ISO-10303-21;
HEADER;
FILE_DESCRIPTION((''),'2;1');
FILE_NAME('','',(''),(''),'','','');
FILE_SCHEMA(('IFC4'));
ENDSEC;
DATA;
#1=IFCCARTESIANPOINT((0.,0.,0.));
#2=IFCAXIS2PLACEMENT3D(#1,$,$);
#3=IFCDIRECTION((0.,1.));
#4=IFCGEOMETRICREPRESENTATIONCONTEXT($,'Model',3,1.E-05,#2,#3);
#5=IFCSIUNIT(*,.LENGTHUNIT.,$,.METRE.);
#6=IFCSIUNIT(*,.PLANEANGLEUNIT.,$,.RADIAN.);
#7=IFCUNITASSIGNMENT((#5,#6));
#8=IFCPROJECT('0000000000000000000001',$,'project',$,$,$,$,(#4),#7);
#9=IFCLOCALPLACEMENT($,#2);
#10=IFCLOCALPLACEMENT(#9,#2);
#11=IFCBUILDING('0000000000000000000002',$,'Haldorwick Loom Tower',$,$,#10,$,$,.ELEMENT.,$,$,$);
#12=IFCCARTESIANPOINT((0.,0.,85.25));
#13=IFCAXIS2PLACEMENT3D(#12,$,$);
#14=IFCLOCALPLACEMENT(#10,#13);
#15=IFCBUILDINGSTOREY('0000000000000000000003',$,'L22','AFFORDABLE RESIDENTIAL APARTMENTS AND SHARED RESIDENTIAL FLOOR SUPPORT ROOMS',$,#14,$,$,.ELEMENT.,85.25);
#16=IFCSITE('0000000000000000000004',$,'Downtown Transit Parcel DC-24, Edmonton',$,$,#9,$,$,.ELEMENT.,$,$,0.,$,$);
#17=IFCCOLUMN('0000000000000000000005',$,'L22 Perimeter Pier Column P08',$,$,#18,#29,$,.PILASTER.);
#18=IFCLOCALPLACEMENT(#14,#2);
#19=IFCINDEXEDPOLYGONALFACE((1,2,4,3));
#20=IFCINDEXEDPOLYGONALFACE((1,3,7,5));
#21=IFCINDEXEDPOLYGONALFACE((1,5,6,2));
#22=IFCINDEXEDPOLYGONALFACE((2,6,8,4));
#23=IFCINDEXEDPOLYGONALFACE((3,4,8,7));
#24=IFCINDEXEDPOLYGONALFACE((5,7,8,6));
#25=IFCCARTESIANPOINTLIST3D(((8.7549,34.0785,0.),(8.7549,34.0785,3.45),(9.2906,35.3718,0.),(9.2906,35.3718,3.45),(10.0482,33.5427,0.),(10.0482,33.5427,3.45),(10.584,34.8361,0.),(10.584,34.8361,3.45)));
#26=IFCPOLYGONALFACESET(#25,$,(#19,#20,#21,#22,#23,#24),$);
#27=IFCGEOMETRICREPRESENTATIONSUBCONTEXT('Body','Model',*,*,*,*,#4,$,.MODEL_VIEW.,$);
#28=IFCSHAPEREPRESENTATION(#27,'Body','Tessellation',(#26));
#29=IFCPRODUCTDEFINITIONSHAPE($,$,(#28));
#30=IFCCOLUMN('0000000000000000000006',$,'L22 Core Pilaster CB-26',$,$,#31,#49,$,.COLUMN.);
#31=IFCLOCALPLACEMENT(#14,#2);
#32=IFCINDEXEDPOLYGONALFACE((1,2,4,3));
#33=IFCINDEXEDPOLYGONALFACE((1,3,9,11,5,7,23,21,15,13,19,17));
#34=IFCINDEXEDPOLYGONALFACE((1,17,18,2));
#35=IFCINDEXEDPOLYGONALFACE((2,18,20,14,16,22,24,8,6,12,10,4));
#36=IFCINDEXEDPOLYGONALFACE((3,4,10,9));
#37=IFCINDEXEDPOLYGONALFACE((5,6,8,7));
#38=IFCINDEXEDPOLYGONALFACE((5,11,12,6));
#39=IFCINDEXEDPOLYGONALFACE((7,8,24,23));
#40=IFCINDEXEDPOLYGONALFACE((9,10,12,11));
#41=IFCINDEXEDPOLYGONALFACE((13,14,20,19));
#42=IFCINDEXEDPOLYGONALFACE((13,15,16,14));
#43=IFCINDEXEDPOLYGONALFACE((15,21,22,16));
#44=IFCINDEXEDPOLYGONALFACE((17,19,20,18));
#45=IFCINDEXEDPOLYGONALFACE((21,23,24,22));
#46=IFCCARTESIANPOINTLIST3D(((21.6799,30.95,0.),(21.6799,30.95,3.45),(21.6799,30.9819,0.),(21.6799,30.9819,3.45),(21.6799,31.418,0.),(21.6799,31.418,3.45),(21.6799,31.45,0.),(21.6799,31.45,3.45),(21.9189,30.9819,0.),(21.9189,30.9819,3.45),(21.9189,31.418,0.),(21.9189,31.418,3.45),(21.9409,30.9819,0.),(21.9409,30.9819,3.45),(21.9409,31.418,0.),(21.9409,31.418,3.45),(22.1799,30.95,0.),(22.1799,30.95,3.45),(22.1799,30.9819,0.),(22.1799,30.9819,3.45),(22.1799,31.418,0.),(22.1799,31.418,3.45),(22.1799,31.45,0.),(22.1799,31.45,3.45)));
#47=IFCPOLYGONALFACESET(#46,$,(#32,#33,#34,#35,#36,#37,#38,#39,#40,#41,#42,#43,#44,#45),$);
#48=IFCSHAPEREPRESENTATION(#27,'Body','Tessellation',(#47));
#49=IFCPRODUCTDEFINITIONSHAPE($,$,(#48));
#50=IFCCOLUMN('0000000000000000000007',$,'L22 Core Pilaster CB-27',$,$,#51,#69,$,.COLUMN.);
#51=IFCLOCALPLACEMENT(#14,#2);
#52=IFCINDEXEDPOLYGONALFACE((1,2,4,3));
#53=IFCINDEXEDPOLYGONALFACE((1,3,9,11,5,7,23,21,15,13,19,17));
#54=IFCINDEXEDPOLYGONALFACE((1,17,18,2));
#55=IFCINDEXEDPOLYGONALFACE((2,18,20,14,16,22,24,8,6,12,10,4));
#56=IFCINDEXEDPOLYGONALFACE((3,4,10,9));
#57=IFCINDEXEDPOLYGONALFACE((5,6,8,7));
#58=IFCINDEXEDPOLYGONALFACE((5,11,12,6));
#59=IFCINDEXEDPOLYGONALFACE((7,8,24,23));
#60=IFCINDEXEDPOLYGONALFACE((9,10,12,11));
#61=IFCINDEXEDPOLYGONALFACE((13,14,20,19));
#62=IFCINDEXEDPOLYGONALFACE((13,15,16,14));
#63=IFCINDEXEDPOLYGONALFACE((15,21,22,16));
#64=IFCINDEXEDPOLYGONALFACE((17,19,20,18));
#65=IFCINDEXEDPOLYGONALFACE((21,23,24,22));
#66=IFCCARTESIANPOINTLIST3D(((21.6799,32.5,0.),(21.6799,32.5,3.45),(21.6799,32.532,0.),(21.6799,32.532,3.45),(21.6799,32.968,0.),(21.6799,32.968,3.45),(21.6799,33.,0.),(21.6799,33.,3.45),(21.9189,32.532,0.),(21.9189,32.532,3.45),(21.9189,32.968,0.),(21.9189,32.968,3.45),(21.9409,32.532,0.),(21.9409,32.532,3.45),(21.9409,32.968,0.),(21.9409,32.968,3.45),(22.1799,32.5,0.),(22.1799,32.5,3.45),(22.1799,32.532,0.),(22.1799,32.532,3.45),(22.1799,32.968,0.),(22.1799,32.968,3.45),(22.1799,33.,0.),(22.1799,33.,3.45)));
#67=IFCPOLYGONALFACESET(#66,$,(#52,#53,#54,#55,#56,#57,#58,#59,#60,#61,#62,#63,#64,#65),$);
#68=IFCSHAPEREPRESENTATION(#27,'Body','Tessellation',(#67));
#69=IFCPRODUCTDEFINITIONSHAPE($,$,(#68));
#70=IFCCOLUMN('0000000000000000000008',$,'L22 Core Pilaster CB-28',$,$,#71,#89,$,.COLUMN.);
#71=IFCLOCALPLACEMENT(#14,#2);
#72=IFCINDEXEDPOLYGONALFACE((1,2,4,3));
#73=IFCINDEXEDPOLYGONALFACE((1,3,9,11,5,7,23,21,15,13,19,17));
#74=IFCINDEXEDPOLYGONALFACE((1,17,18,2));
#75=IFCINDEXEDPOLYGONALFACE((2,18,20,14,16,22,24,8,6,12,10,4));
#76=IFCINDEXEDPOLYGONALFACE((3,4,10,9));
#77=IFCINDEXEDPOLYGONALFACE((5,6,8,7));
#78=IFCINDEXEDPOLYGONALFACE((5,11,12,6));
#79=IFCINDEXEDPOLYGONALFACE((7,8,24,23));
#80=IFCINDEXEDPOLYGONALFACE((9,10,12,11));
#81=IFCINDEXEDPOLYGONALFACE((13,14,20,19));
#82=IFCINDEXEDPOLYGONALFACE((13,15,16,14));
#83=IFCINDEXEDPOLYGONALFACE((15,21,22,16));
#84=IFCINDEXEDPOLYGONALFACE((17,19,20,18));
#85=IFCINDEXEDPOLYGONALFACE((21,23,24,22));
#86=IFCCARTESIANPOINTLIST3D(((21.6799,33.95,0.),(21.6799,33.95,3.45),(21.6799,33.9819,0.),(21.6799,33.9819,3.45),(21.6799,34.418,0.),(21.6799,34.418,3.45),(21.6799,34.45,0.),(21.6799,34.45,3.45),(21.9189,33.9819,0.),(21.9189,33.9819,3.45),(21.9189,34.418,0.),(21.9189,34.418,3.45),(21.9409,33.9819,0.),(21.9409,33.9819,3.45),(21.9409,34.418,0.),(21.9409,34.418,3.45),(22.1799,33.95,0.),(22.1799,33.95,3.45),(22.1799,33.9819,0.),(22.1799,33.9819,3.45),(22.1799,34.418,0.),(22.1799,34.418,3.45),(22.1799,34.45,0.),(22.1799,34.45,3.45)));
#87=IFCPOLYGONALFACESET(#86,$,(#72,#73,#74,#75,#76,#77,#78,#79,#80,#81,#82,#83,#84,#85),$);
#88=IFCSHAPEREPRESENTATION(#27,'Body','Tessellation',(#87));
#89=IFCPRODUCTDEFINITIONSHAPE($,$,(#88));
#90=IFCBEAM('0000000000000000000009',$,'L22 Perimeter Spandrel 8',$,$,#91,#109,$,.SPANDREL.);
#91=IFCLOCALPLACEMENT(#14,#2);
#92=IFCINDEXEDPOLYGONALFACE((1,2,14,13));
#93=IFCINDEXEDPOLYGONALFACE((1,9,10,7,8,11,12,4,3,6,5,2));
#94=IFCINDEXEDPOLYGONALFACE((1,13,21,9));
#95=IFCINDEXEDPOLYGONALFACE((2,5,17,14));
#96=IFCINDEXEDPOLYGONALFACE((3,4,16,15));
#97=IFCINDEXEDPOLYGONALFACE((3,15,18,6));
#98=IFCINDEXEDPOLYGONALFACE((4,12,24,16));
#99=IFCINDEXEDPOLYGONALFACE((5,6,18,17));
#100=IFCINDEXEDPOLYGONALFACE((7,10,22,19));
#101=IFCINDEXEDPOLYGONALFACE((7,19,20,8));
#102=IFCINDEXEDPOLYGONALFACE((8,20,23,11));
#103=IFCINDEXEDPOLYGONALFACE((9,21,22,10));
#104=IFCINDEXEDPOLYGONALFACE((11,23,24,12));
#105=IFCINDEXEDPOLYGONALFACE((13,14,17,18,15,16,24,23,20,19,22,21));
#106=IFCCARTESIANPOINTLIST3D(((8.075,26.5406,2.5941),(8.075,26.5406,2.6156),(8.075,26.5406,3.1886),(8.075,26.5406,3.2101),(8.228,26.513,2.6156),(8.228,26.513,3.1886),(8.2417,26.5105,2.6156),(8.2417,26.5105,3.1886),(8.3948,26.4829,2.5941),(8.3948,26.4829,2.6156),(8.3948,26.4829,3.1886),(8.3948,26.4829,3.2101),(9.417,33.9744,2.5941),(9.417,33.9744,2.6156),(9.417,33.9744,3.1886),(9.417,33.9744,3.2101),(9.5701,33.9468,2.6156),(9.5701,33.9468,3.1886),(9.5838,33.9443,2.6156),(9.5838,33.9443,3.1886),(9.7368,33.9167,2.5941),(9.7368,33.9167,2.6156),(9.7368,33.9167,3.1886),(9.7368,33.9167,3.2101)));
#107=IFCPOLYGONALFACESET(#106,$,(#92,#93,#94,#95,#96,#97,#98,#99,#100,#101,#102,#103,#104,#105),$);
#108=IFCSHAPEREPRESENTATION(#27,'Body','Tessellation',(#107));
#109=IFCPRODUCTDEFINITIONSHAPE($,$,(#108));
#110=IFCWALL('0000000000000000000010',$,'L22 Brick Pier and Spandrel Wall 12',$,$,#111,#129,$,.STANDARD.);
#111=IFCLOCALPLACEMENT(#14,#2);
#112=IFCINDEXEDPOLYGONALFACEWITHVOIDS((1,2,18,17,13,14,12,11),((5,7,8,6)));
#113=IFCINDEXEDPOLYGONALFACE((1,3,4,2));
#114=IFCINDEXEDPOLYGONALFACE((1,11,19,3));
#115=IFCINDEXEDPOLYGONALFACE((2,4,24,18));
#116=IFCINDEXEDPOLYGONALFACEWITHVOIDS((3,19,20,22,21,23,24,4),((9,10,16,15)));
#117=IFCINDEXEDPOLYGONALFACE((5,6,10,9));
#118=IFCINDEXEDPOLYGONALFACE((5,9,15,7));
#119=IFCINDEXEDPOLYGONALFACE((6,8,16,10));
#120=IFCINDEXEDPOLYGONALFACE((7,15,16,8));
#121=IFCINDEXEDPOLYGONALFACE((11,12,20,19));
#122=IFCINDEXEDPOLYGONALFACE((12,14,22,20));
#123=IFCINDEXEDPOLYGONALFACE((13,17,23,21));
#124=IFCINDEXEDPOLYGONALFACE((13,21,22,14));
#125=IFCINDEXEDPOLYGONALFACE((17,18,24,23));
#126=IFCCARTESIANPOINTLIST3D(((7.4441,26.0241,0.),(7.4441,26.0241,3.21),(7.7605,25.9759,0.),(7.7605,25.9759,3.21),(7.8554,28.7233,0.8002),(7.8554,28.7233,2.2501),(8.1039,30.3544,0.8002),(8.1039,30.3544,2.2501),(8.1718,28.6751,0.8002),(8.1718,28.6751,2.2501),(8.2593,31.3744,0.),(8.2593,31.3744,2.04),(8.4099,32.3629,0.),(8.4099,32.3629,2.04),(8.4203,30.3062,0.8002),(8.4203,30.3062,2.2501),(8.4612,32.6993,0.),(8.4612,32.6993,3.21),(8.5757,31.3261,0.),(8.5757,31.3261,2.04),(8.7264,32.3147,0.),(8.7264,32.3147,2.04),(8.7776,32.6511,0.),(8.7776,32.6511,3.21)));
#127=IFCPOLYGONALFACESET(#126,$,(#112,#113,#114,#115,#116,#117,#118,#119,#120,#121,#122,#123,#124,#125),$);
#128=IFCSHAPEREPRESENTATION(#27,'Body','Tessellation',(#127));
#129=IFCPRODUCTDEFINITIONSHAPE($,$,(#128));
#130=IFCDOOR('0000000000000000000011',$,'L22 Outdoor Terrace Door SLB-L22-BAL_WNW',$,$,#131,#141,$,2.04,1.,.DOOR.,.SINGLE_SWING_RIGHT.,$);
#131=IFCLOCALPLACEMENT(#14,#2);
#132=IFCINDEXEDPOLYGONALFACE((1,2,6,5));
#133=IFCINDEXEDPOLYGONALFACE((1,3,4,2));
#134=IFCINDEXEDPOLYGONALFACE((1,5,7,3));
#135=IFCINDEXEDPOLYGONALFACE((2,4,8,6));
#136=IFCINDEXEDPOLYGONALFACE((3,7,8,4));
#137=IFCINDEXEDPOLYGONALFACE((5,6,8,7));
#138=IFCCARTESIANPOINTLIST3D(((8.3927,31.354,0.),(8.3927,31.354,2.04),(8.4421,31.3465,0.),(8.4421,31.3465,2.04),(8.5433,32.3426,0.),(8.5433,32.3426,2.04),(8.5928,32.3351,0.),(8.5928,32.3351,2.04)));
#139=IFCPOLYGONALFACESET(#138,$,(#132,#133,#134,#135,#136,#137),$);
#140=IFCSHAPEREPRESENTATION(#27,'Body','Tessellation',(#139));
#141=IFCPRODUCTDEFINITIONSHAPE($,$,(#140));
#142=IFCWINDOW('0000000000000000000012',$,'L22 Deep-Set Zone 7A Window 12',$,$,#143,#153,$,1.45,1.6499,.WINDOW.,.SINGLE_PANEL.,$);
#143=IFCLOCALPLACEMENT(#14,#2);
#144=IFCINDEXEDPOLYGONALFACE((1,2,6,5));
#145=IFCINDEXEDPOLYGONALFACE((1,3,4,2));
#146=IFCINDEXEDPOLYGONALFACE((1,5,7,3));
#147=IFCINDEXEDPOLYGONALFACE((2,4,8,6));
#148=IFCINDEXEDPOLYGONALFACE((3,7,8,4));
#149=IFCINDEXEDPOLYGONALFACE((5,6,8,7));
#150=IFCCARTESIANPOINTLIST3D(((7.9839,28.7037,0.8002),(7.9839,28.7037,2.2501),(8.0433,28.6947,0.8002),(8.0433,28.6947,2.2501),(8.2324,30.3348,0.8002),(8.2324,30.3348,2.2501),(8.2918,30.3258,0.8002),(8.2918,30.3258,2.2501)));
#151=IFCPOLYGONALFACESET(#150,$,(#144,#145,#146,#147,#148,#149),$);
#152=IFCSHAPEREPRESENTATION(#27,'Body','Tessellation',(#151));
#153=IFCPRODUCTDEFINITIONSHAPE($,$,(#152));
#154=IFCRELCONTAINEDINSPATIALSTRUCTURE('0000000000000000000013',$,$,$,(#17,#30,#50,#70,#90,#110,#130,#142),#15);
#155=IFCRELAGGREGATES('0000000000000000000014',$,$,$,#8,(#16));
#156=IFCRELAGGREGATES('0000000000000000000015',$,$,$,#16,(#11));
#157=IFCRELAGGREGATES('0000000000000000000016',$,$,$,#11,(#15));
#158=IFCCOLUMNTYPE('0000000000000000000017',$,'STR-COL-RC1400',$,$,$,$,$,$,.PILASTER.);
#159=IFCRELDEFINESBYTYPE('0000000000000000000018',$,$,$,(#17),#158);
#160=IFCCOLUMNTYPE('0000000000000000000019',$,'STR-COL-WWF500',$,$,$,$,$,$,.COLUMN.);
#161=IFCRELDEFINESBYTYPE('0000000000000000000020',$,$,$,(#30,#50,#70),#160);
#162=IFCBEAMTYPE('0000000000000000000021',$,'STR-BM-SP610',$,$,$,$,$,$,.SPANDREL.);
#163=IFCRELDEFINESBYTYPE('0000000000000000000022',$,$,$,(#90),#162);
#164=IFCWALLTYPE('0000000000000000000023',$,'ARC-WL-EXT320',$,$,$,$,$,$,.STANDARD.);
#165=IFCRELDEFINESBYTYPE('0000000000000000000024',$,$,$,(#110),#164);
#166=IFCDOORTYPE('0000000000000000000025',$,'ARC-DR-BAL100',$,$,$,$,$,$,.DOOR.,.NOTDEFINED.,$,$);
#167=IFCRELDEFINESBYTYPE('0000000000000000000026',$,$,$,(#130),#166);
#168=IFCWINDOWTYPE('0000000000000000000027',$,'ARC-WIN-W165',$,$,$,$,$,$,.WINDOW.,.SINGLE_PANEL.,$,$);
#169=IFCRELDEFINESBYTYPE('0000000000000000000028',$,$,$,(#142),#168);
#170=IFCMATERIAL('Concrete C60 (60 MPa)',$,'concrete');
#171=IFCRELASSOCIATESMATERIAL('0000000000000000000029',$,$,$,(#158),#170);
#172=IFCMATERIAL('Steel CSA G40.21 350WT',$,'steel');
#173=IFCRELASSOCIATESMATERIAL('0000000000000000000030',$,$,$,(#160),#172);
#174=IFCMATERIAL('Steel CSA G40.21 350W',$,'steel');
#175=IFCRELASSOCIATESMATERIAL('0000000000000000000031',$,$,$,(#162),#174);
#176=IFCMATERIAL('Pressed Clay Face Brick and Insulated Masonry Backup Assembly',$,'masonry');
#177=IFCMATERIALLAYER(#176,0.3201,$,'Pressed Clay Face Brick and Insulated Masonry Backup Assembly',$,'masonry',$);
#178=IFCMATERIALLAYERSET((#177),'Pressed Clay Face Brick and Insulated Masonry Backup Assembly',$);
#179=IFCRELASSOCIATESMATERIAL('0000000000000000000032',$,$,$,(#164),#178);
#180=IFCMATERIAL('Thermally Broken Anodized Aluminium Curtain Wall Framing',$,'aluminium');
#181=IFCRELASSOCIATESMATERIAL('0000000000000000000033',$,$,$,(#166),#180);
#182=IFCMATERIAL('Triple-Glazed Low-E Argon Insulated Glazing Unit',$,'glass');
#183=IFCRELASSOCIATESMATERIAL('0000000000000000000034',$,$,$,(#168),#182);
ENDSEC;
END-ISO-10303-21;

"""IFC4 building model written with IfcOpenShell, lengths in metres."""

from ifc_helpers import new_model, si_unit, direction, frame, frame_2d, origin, origin_2d, place, context, subcontext, project, spatial, rectangle, i_section, extrude, material, layer, layer_set, material_profile, profile_set, type_object, element, fill, save


model = new_model("IFC4")

# Units and contexts
model_context = context("Model", 3, precision=1e-05, world=origin(), true_north=direction((0.0, 1.0)))
body_context = subcontext(model_context, "Body", "Model", "MODEL_VIEW")
ifc_project = project(units=[si_unit("LENGTHUNIT", "METRE"), si_unit("PLANEANGLEUNIT", "RADIAN")], contexts=[model_context])

# Site, building, storey
site_placement = place(None, origin())
site = spatial("IfcSite", under=ifc_project, at=site_placement, Name="Downtown Transit Parcel DC-24, Edmonton", CompositionType="ELEMENT", RefElevation=0.0)
building_placement = place(site_placement, origin())
building = spatial("IfcBuilding", under=site, at=building_placement, Name="Haldorwick Loom Tower", CompositionType="ELEMENT")
storey_placement = place(building_placement, frame((0.0, 0.0, 85.25)))
storey = spatial("IfcBuildingStorey", under=building, at=storey_placement, Name="L22", Description="AFFORDABLE RESIDENTIAL APARTMENTS AND SHARED RESIDENTIAL FLOOR SUPPORT ROOMS", CompositionType="ELEMENT", Elevation=85.25)

# Columns
ifc_material_1 = material(Name="Concrete C60 (60 MPa)", Category="concrete")
ifc_material_profile_1 = material_profile(ifc_material_1, rectangle(XDim=1.3999, YDim=1.3999, at=origin_2d()), Name="RC1400X1400", Category="concrete")
ifc_profile_set_1 = profile_set([ifc_material_profile_1], Name="Concrete C60 (60 MPa)")
column_type_1 = type_object("IfcColumnType", Name="STR-COL-RC1400", PredefinedType="PILASTER", material=ifc_profile_set_1)
column_placement = place(storey_placement, frame((9.6694, 34.4573, 0.0), z_axis=(0.0, 0.0, 1.0), x_axis=(-0.92388, 0.382683, 0.0)))
element("IfcColumn", 1, at=column_placement, inside=storey, type_object=column_type_1, Name="L22 Perimeter Pier Column P08", PredefinedType="PILASTER", context=body_context, shape_type="SweptSolid", body=[
    extrude(rectangle(XDim=1.3999, YDim=1.3999, at=origin_2d()), origin(), (0.0, 0.0, 1.0), 3.45),
])
ifc_material_2 = material(Name="Steel CSA G40.21 350WT", Category="steel")
ifc_material_profile_2 = material_profile(ifc_material_2, i_section(OverallWidth=0.5, OverallDepth=0.5, WebThickness=0.022, FlangeThickness=0.032, at=origin_2d()), Name="WWF500X500", Category="steel")
ifc_profile_set_2 = profile_set([ifc_material_profile_2], Name="Steel CSA G40.21 350WT")
column_type_2 = type_object("IfcColumnType", Name="STR-COL-WWF500", PredefinedType="COLUMN", material=ifc_profile_set_2)
for number, where, z_axis, x_axis, name in (
    (2, (21.9299, 31.2, 0.0), (0.0, 0.0, 1.0), (1.0, 0.0, 0.0), "L22 Core Pilaster CB-26"),
    (3, (21.9299, 32.75, 0.0), (0.0, 0.0, 1.0), (1.0, 0.0, 0.0), "L22 Core Pilaster CB-27"),
    (4, (21.9299, 34.2, 0.0), (0.0, 0.0, 1.0), (1.0, 0.0, 0.0), "L22 Core Pilaster CB-28"),
):
    element("IfcColumn", number, at=place(storey_placement, frame(where, z_axis=z_axis, x_axis=x_axis)), inside=storey, type_object=column_type_2, Name=name, PredefinedType="COLUMN", context=body_context, shape_type="SweptSolid", body=[
        extrude(i_section(OverallWidth=0.5, OverallDepth=0.5, WebThickness=0.022, FlangeThickness=0.032, at=origin_2d()), origin(), (0.0, 0.0, 1.0), 3.45),
    ])

# Beam
ifc_material_3 = material(Name="Steel CSA G40.21 350W", Category="steel")
ifc_material_profile_3 = material_profile(ifc_material_3, i_section(OverallWidth=0.325, OverallDepth=0.616, WebThickness=0.0139, FlangeThickness=0.0215, at=origin_2d()), Name="W610X174", Category="steel")
ifc_profile_set_3 = profile_set([ifc_material_profile_3], Name="Steel CSA G40.21 350W")
beam_type = type_object("IfcBeamType", Name="STR-BM-SP610", PredefinedType="SPANDREL", material=ifc_profile_set_3)
beam_placement = place(storey_placement, frame((9.5769, 33.9456, 2.9021), z_axis=(-0.177659, -0.984092, 0.0), x_axis=(0.984092, -0.177659, 0.0)))
element("IfcBeam", 5, at=beam_placement, inside=storey, type_object=beam_type, Name="L22 Perimeter Spandrel 8", PredefinedType="SPANDREL", context=body_context, shape_type="SweptSolid", body=[
    extrude(i_section(OverallWidth=0.325, OverallDepth=0.616, WebThickness=0.0139, FlangeThickness=0.0215, at=origin_2d()), origin(), (0.0, 0.0, 1.0), 7.554),
])

# Wall, openings, door, window
ifc_material_4 = material(Name="Pressed Clay Face Brick and Insulated Masonry Backup Assembly", Category="masonry")
ifc_layer_1 = layer(ifc_material_4, 0.3201, Name="Pressed Clay Face Brick and Insulated Masonry Backup Assembly", Category="masonry")
ifc_layer_set_1 = layer_set([ifc_layer_1], Name="Pressed Clay Face Brick and Insulated Masonry Backup Assembly")
wall_type_1 = type_object("IfcWallType", Name="ARC-WL-EXT320", PredefinedType="STANDARD", material=ifc_layer_set_1)
wall_1_placement = place(storey_placement, frame((8.6194, 32.675, 0.0), z_axis=(0.0, 0.0, 1.0), x_axis=(-0.150633, -0.98859, 0.0)))
wall_1 = element("IfcWall", 6, at=wall_1_placement, inside=storey, type_object=wall_type_1, Name="L22 Brick Pier and Spandrel Wall 12", PredefinedType="STANDARD", context=body_context, shape_type="SweptSolid", body=[
    extrude(rectangle(XDim=6.7522, YDim=0.3201, at=frame_2d((3.376, 0.0))), origin(), (0.0, 0.0, 1.0), 3.21),
])
opening_1_placement = place(wall_1_placement, frame((0.3401, 0.0, 0.0)))
opening_1 = element("IfcOpeningElement", 7, at=opening_1_placement, cuts=wall_1, PredefinedType="OPENING", context=body_context, shape_type="SweptSolid", body=[
    extrude(rectangle(XDim=1.0, YDim=2.04, at=frame_2d((0.5, 1.02))), frame((0.0, 0.1699, 0.0), z_axis=(0.0, -1.0, 0.0), x_axis=(1.0, 0.0, 0.0)), (0.0, 0.0, 1.0), 0.3401),
])
opening_2_placement = place(wall_1_placement, frame((2.3718, 0.0, 0.8)))
opening_2 = element("IfcOpeningElement", 8, at=opening_2_placement, cuts=wall_1, PredefinedType="OPENING", context=body_context, shape_type="SweptSolid", body=[
    extrude(rectangle(XDim=1.6499, YDim=1.45, at=frame_2d((0.825, 0.7251))), frame((0.0, 0.1699, 0.0), z_axis=(0.0, -1.0, 0.0), x_axis=(1.0, 0.0, 0.0)), (0.0, 0.0, 1.0), 0.3401),
])
ifc_material_5 = material(Name="Thermally Broken Anodized Aluminium Curtain Wall Framing", Category="aluminium")
door_type_1 = type_object("IfcDoorType", Name="ARC-DR-BAL100", OperationType="NOTDEFINED", PredefinedType="DOOR", material=ifc_material_5)
door_1_placement = place(opening_1_placement, origin())
door_1 = element("IfcDoor", 9, at=door_1_placement, inside=storey, type_object=door_type_1, Name="L22 Outdoor Terrace Door SLB-L22-BAL_WNW", OperationType="SINGLE_SWING_RIGHT", OverallHeight=2.04, OverallWidth=1.0, PredefinedType="DOOR", context=body_context, shape_type="SweptSolid", body=[
    extrude(rectangle(XDim=1.0, YDim=2.04, at=frame_2d((0.5, 1.02))), frame((0.0, 0.0249, 0.0), z_axis=(0.0, -1.0, 0.0), x_axis=(1.0, 0.0, 0.0)), (0.0, 0.0, 1.0), 0.05),
])
fill(opening_1, door_1)
ifc_material_6 = material(Name="Triple-Glazed Low-E Argon Insulated Glazing Unit", Category="glass")
window_type = type_object("IfcWindowType", Name="ARC-WIN-W165", PartitioningType="SINGLE_PANEL", PredefinedType="WINDOW", material=ifc_material_6)
window_placement = place(opening_2_placement, origin())
window = element("IfcWindow", 10, at=window_placement, inside=storey, type_object=window_type, Name="L22 Deep-Set Zone 7A Window 12", OverallHeight=1.45, OverallWidth=1.6499, PartitioningType="SINGLE_PANEL", PredefinedType="WINDOW", context=body_context, shape_type="SweptSolid", body=[
    extrude(rectangle(XDim=1.6499, YDim=1.45, at=frame_2d((0.825, 0.7251))), frame((0.0, 0.03, 0.0), z_axis=(0.0, -1.0, 0.0), x_axis=(1.0, 0.0, 0.0)), (0.0, 0.0, 1.0), 0.0601),
])
fill(opening_2, window)

save(model, "model.ifc")
